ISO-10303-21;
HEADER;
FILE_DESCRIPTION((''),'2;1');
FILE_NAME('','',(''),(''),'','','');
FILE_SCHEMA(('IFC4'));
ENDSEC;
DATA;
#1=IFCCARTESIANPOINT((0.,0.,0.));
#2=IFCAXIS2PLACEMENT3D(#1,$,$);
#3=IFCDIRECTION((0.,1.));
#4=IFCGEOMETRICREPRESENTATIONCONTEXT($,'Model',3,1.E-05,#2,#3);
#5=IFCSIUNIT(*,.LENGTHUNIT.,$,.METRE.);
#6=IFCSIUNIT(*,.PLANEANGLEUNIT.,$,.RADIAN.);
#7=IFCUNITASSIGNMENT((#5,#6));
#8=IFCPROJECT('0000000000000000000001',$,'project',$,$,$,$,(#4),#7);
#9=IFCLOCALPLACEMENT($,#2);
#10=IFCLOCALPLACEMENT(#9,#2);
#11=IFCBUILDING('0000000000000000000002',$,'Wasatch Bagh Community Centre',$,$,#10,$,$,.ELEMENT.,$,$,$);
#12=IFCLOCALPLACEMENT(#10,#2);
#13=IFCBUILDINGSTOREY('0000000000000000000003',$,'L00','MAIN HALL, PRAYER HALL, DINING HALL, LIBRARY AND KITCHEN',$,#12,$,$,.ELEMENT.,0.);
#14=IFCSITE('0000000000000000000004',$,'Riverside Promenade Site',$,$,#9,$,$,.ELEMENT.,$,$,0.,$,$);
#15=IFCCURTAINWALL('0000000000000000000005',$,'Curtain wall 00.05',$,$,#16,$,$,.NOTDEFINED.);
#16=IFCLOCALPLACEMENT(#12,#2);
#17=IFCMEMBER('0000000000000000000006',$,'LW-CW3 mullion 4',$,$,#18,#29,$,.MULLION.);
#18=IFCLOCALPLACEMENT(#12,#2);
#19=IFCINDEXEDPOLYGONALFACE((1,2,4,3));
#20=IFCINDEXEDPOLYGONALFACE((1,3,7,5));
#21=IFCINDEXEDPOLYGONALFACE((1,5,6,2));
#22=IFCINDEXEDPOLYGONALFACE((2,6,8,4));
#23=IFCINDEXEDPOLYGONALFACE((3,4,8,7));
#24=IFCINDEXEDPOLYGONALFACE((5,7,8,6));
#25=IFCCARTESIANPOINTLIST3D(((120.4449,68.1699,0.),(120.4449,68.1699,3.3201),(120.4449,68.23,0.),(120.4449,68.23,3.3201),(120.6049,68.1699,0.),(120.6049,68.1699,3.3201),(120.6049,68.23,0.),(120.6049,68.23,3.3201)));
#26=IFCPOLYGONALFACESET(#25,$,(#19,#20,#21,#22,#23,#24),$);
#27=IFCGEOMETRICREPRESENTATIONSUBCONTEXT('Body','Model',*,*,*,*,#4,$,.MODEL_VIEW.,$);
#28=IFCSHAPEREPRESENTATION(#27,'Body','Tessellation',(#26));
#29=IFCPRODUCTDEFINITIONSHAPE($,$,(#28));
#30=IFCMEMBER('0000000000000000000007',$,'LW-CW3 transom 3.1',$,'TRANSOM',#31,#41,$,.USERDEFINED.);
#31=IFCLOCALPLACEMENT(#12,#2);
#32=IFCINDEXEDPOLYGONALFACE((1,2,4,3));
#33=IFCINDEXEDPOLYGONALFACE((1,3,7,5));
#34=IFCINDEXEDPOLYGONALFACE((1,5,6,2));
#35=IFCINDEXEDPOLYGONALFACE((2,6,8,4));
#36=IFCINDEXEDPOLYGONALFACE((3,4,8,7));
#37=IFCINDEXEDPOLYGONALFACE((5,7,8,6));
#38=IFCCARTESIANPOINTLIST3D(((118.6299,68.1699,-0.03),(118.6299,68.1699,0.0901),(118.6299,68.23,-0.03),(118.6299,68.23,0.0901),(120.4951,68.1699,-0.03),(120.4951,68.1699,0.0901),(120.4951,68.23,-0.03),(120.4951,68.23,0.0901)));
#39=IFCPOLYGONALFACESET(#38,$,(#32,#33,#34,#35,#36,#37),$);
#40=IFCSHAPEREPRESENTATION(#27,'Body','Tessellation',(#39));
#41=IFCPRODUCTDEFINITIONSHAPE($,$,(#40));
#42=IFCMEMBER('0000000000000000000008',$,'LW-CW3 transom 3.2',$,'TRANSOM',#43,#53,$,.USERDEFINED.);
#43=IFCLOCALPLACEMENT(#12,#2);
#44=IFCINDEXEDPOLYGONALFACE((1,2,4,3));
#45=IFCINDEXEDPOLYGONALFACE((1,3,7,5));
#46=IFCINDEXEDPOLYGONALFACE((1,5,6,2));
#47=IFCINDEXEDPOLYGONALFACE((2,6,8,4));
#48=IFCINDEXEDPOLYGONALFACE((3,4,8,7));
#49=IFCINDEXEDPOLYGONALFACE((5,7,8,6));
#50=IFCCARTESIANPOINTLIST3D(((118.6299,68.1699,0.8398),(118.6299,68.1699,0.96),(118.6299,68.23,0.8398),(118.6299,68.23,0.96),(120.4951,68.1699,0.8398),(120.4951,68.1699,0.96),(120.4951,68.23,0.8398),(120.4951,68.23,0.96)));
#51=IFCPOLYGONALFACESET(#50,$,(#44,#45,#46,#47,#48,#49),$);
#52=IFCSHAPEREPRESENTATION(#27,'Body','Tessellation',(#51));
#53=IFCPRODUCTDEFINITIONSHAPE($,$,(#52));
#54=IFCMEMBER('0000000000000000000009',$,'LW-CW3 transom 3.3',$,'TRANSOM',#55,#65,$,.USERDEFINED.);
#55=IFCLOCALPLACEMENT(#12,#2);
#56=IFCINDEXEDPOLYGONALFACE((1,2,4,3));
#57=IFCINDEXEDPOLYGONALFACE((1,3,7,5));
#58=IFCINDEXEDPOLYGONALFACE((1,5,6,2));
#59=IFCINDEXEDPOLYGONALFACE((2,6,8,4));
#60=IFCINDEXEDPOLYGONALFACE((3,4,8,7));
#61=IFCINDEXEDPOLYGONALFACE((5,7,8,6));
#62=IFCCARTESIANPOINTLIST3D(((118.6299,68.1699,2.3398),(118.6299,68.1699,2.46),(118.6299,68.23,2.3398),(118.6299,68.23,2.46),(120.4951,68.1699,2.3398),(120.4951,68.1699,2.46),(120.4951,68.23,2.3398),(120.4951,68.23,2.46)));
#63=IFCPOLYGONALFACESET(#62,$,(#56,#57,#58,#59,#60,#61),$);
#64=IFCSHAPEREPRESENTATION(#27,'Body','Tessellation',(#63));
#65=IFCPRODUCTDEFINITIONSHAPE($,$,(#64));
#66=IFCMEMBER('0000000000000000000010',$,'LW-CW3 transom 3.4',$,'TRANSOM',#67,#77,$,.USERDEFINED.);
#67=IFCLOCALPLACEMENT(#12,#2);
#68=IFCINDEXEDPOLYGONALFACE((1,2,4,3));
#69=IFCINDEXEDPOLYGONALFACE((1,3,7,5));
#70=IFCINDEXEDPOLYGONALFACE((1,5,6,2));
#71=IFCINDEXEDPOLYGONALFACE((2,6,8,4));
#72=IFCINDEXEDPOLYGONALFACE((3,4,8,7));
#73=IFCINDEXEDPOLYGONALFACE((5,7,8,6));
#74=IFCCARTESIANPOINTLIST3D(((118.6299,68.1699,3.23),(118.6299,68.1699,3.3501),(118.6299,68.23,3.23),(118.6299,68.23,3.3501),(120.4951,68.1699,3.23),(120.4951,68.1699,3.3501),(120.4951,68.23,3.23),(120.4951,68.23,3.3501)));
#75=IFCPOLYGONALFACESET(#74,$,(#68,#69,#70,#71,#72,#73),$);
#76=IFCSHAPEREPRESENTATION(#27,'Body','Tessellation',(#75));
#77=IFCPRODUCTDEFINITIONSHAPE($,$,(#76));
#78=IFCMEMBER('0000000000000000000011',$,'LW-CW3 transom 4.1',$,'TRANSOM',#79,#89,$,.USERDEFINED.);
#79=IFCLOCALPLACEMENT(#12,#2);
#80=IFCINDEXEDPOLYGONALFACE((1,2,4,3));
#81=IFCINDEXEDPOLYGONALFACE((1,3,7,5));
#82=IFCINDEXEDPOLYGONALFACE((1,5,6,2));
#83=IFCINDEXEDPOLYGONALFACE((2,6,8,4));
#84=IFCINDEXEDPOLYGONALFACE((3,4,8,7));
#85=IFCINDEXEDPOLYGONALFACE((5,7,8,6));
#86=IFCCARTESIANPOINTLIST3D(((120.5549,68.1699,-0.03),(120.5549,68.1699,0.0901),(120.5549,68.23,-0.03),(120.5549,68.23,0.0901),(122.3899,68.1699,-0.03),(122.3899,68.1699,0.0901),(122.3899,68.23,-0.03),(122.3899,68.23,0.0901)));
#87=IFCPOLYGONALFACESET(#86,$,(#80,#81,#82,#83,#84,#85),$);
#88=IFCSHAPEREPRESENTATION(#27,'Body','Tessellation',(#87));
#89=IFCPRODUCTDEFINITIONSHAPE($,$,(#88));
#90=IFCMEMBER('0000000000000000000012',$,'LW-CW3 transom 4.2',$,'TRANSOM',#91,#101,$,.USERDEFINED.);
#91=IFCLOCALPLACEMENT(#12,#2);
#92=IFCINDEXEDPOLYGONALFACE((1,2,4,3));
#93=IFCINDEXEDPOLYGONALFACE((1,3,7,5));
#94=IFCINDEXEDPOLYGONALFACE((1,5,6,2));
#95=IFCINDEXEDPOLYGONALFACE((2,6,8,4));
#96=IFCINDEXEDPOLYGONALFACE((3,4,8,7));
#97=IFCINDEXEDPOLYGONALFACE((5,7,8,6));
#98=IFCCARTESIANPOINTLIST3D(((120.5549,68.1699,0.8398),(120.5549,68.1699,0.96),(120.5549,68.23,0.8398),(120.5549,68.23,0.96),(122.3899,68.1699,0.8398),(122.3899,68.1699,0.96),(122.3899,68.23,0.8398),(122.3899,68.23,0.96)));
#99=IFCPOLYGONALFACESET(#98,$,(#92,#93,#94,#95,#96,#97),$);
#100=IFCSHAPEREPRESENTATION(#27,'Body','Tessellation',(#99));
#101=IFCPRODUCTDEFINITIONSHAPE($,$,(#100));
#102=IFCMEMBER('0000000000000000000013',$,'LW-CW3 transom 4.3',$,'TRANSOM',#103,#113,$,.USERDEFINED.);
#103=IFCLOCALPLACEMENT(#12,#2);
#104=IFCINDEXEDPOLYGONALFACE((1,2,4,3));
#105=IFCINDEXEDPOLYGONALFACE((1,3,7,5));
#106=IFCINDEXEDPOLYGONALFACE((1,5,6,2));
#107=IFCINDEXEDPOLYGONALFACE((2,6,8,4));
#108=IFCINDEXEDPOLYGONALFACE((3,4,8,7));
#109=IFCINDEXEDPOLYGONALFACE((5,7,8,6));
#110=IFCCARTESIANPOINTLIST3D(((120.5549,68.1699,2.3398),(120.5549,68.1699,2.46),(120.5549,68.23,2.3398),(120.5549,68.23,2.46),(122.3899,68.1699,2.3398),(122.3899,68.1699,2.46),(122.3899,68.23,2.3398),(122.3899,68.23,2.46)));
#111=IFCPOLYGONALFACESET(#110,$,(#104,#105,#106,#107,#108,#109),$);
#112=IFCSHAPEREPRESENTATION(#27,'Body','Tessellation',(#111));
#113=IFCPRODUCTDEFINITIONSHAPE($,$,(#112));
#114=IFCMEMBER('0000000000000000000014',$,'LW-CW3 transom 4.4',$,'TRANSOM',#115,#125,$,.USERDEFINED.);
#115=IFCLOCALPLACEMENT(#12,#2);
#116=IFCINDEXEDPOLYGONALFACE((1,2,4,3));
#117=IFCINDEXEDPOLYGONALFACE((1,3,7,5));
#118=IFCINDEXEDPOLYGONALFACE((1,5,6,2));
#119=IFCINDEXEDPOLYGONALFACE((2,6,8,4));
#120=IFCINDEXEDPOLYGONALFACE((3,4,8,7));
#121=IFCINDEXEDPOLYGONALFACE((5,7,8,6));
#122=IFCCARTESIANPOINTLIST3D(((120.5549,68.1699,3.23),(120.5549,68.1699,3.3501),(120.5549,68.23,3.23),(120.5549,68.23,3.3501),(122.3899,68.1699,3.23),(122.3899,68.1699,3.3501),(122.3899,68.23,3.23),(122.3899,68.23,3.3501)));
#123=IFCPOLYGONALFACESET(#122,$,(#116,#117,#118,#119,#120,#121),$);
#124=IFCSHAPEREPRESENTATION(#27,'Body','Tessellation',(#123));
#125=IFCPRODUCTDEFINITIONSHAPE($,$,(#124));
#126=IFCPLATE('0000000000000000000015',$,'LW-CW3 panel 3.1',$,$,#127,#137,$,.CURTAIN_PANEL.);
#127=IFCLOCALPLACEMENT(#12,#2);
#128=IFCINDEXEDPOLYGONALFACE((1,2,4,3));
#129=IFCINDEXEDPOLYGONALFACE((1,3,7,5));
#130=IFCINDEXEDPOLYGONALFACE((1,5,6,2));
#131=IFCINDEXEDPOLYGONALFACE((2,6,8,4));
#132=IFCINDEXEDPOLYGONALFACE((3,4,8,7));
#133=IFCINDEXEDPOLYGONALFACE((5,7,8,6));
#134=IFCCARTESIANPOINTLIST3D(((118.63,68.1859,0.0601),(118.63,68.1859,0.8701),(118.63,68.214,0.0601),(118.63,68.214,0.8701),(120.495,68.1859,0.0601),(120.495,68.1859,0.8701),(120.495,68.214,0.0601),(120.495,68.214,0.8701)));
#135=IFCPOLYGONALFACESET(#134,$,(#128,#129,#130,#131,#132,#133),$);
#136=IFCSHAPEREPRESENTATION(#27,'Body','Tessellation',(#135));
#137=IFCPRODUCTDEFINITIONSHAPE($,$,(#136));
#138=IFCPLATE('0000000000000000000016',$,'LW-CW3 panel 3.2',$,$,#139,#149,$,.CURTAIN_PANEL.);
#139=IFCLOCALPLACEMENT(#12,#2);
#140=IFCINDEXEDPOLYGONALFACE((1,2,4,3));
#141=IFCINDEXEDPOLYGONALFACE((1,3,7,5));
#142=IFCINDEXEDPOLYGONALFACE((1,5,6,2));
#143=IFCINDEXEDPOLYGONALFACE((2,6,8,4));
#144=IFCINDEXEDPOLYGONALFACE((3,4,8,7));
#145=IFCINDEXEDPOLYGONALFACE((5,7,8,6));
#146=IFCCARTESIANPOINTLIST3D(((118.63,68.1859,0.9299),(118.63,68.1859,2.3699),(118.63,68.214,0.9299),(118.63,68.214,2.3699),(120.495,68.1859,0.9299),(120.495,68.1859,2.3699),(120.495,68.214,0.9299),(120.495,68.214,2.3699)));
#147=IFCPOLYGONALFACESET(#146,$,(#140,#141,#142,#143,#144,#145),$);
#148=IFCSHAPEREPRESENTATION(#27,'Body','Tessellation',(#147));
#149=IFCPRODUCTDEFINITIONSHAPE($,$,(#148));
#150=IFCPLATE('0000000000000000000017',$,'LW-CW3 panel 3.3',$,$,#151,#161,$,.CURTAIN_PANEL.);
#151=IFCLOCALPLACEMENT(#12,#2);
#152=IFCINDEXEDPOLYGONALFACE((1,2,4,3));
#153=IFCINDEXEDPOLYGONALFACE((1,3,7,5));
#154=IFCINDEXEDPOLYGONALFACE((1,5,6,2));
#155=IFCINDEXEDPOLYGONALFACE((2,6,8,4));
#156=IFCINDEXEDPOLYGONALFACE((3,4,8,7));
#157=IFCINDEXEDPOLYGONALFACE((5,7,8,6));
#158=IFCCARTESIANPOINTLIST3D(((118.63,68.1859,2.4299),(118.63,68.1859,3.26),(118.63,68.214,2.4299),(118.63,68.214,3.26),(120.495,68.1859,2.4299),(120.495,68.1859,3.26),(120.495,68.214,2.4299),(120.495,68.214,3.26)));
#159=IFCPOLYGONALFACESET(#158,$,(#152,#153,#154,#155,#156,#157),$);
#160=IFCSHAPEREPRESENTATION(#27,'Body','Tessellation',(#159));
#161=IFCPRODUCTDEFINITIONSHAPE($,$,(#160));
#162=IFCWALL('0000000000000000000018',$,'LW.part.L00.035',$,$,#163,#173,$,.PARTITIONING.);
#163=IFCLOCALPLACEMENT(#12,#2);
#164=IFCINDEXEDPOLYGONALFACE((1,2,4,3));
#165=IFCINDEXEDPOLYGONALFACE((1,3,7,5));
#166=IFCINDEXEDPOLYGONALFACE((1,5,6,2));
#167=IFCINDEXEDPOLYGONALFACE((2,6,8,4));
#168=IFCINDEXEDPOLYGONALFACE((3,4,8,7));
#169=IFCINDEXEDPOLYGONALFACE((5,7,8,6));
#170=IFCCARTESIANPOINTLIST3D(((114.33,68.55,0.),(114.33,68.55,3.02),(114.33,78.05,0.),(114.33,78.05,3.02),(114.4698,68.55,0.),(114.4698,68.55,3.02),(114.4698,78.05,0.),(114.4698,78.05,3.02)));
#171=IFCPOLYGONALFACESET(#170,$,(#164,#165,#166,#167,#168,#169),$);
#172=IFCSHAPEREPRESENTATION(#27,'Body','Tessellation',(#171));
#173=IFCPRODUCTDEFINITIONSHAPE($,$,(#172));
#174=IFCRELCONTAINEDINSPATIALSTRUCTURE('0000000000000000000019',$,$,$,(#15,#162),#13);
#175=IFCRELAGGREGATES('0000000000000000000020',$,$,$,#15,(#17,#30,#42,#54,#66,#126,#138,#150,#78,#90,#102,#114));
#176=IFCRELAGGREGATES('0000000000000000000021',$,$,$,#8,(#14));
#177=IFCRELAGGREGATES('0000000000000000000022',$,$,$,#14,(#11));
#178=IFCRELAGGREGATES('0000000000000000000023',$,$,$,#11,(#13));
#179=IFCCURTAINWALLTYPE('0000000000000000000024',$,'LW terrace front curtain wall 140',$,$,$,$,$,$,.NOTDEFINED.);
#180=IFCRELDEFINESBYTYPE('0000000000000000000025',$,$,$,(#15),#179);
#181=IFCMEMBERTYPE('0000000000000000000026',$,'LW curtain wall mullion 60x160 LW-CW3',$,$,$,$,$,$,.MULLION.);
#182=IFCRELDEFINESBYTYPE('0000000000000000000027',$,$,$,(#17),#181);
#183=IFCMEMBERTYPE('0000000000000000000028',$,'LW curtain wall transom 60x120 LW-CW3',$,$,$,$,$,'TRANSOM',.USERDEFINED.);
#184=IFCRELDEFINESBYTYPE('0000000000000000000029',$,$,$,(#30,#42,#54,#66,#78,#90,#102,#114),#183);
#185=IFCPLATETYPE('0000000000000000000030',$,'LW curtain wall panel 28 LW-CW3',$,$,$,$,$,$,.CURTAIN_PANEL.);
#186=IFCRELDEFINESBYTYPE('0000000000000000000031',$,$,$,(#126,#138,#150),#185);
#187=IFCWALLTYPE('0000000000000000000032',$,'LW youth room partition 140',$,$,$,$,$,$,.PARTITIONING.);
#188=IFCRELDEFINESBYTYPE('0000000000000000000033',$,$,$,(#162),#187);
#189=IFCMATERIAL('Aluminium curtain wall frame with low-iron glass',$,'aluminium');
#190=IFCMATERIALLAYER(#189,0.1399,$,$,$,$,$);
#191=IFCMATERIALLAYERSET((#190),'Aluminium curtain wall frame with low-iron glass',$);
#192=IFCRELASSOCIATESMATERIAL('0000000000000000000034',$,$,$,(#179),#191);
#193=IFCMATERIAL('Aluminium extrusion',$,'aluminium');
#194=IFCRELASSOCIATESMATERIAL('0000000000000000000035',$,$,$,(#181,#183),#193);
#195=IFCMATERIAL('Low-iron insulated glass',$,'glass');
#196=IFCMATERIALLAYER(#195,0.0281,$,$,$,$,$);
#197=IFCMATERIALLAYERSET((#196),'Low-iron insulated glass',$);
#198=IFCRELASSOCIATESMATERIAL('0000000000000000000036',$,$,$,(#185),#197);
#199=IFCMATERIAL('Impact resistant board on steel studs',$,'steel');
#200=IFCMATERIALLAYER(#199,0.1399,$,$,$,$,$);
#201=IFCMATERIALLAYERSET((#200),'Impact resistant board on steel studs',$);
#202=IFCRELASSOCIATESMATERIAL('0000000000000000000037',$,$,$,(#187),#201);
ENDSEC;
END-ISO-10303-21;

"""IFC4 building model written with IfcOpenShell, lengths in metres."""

from ifc_helpers import new_model, si_unit, direction, frame, frame_2d, origin, origin_2d, place, context, subcontext, project, spatial, rectangle, extrude, material, layer, layer_set, material_profile, profile_set, type_object, element, aggregate, save


model = new_model("IFC4")

# Units and contexts
model_context = context("Model", 3, precision=1e-05, world=origin(), true_north=direction((0.0, 1.0)))
body_context = subcontext(model_context, "Body", "Model", "MODEL_VIEW")
ifc_project = project(units=[si_unit("LENGTHUNIT", "METRE"), si_unit("PLANEANGLEUNIT", "RADIAN")], contexts=[model_context])

# Site, building, storey
site_placement = place(None, origin())
site = spatial("IfcSite", under=ifc_project, at=site_placement, Name="Riverside Promenade Site", CompositionType="ELEMENT", RefElevation=0.0)
building_placement = place(site_placement, origin())
building = spatial("IfcBuilding", under=site, at=building_placement, Name="Wasatch Bagh Community Centre", CompositionType="ELEMENT")
storey_placement = place(building_placement, origin())
storey = spatial("IfcBuildingStorey", under=building, at=storey_placement, Name="L00", Description="MAIN HALL, PRAYER HALL, DINING HALL, LIBRARY AND KITCHEN", CompositionType="ELEMENT", Elevation=0.0)

# Curtain wall, members, plates
ifc_material_1 = material(Name="Aluminium curtain wall frame with low-iron glass", Category="aluminium")
ifc_layer_1 = layer(ifc_material_1, 0.1399)
ifc_layer_set_1 = layer_set([ifc_layer_1], Name="Aluminium curtain wall frame with low-iron glass")
curtain_wall_type = type_object("IfcCurtainWallType", Name="LW terrace front curtain wall 140", PredefinedType="NOTDEFINED", material=ifc_layer_set_1)
curtain_wall_placement = place(storey_placement, origin())
curtain_wall = element("IfcCurtainWall", 1, at=curtain_wall_placement, inside=storey, type_object=curtain_wall_type, Name="Curtain wall 00.05", PredefinedType="NOTDEFINED")
ifc_material_2 = material(Name="Aluminium extrusion", Category="aluminium")
ifc_material_profile_1 = material_profile(ifc_material_2, rectangle(XDim=0.0601, YDim=0.1599, at=origin_2d()), Name="AL 60x160")
ifc_profile_set_1 = profile_set([ifc_material_profile_1], Name="Aluminium extrusion")
member_type_1 = type_object("IfcMemberType", Name="LW curtain wall mullion 60x160 LW-CW3", PredefinedType="MULLION", material=ifc_profile_set_1)
member_1_placement = place(storey_placement, frame((120.5249, 68.2, 0.0), z_axis=(0.0, 0.0, 1.0), x_axis=(0.0, 1.0, 0.0)))
member_1 = element("IfcMember", 2, at=member_1_placement, type_object=member_type_1, Name="LW-CW3 mullion 4", PredefinedType="MULLION", context=body_context, shape_type="SweptSolid", body=[
    extrude(rectangle(XDim=0.0601, YDim=0.1599, at=origin_2d()), origin(), (0.0, 0.0, 1.0), 3.3201),
])
ifc_material_profile_2 = material_profile(ifc_material_2, rectangle(XDim=0.0601, YDim=0.1201, at=origin_2d()), Name="AL 60x120")
ifc_profile_set_2 = profile_set([ifc_material_profile_2], Name="Aluminium extrusion")
member_type_2 = type_object("IfcMemberType", Name="LW curtain wall transom 60x120 LW-CW3", ElementType="TRANSOM", PredefinedType="USERDEFINED", material=ifc_profile_set_2)
member_2_placement = place(storey_placement, frame((118.6299, 68.2, 0.03), z_axis=(1.0, 0.0, 0.0), x_axis=(0.0, 1.0, 0.0)))
member_2 = element("IfcMember", 3, at=member_2_placement, type_object=member_type_2, Name="LW-CW3 transom 3.1", ObjectType="TRANSOM", PredefinedType="USERDEFINED", context=body_context, shape_type="SweptSolid", body=[
    extrude(rectangle(XDim=0.0601, YDim=0.1201, at=origin_2d()), origin(), (0.0, 0.0, 1.0), 1.8652),
])
member_3_placement = place(storey_placement, frame((118.6299, 68.2, 0.8999), z_axis=(1.0, 0.0, 0.0), x_axis=(0.0, 1.0, 0.0)))
member_3 = element("IfcMember", 4, at=member_3_placement, type_object=member_type_2, Name="LW-CW3 transom 3.2", ObjectType="TRANSOM", PredefinedType="USERDEFINED", context=body_context, shape_type="SweptSolid", body=[
    extrude(rectangle(XDim=0.0601, YDim=0.1201, at=origin_2d()), origin(), (0.0, 0.0, 1.0), 1.8652),
])
member_4_placement = place(storey_placement, frame((118.6299, 68.2, 2.3999), z_axis=(1.0, 0.0, 0.0), x_axis=(0.0, 1.0, 0.0)))
member_4 = element("IfcMember", 5, at=member_4_placement, type_object=member_type_2, Name="LW-CW3 transom 3.3", ObjectType="TRANSOM", PredefinedType="USERDEFINED", context=body_context, shape_type="SweptSolid", body=[
    extrude(rectangle(XDim=0.0601, YDim=0.1201, at=origin_2d()), origin(), (0.0, 0.0, 1.0), 1.8652),
])
member_5_placement = place(storey_placement, frame((118.6299, 68.2, 3.29), z_axis=(1.0, 0.0, 0.0), x_axis=(0.0, 1.0, 0.0)))
member_5 = element("IfcMember", 6, at=member_5_placement, type_object=member_type_2, Name="LW-CW3 transom 3.4", ObjectType="TRANSOM", PredefinedType="USERDEFINED", context=body_context, shape_type="SweptSolid", body=[
    extrude(rectangle(XDim=0.0601, YDim=0.1201, at=origin_2d()), origin(), (0.0, 0.0, 1.0), 1.8652),
])
member_6_placement = place(storey_placement, frame((120.5549, 68.2, 0.03), z_axis=(1.0, 0.0, 0.0), x_axis=(0.0, 1.0, 0.0)))
member_6 = element("IfcMember", 7, at=member_6_placement, type_object=member_type_2, Name="LW-CW3 transom 4.1", ObjectType="TRANSOM", PredefinedType="USERDEFINED", context=body_context, shape_type="SweptSolid", body=[
    extrude(rectangle(XDim=0.0601, YDim=0.1201, at=origin_2d()), origin(), (0.0, 0.0, 1.0), 1.835),
])
member_7_placement = place(storey_placement, frame((120.5549, 68.2, 0.8999), z_axis=(1.0, 0.0, 0.0), x_axis=(0.0, 1.0, 0.0)))
member_7 = element("IfcMember", 8, at=member_7_placement, type_object=member_type_2, Name="LW-CW3 transom 4.2", ObjectType="TRANSOM", PredefinedType="USERDEFINED", context=body_context, shape_type="SweptSolid", body=[
    extrude(rectangle(XDim=0.0601, YDim=0.1201, at=origin_2d()), origin(), (0.0, 0.0, 1.0), 1.835),
])
member_8_placement = place(storey_placement, frame((120.5549, 68.2, 2.3999), z_axis=(1.0, 0.0, 0.0), x_axis=(0.0, 1.0, 0.0)))
member_8 = element("IfcMember", 9, at=member_8_placement, type_object=member_type_2, Name="LW-CW3 transom 4.3", ObjectType="TRANSOM", PredefinedType="USERDEFINED", context=body_context, shape_type="SweptSolid", body=[
    extrude(rectangle(XDim=0.0601, YDim=0.1201, at=origin_2d()), origin(), (0.0, 0.0, 1.0), 1.835),
])
member_9_placement = place(storey_placement, frame((120.5549, 68.2, 3.29), z_axis=(1.0, 0.0, 0.0), x_axis=(0.0, 1.0, 0.0)))
member_9 = element("IfcMember", 10, at=member_9_placement, type_object=member_type_2, Name="LW-CW3 transom 4.4", ObjectType="TRANSOM", PredefinedType="USERDEFINED", context=body_context, shape_type="SweptSolid", body=[
    extrude(rectangle(XDim=0.0601, YDim=0.1201, at=origin_2d()), origin(), (0.0, 0.0, 1.0), 1.835),
])
ifc_material_3 = material(Name="Low-iron insulated glass", Category="glass")
ifc_layer_2 = layer(ifc_material_3, 0.0281)
ifc_layer_set_2 = layer_set([ifc_layer_2], Name="Low-iron insulated glass")
plate_type = type_object("IfcPlateType", Name="LW curtain wall panel 28 LW-CW3", PredefinedType="CURTAIN_PANEL", material=ifc_layer_set_2)
plate_1_placement = place(storey_placement, frame((119.5625, 68.2, 0.0601), z_axis=(0.0, 0.0, 1.0), x_axis=(1.0, 0.0, 0.0)))
plate_1 = element("IfcPlate", 11, at=plate_1_placement, type_object=plate_type, Name="LW-CW3 panel 3.1", PredefinedType="CURTAIN_PANEL", context=body_context, shape_type="SweptSolid", body=[
    extrude(rectangle(XDim=1.865, YDim=0.0281, at=origin_2d()), origin(), (0.0, 0.0, 1.0), 0.8101),
])
plate_2_placement = place(storey_placement, frame((119.5625, 68.2, 0.9299), z_axis=(0.0, 0.0, 1.0), x_axis=(1.0, 0.0, 0.0)))
plate_2 = element("IfcPlate", 12, at=plate_2_placement, type_object=plate_type, Name="LW-CW3 panel 3.2", PredefinedType="CURTAIN_PANEL", context=body_context, shape_type="SweptSolid", body=[
    extrude(rectangle(XDim=1.865, YDim=0.0281, at=origin_2d()), origin(), (0.0, 0.0, 1.0), 1.4399),
])
plate_3_placement = place(storey_placement, frame((119.5625, 68.2, 2.4299), z_axis=(0.0, 0.0, 1.0), x_axis=(1.0, 0.0, 0.0)))
plate_3 = element("IfcPlate", 13, at=plate_3_placement, type_object=plate_type, Name="LW-CW3 panel 3.3", PredefinedType="CURTAIN_PANEL", context=body_context, shape_type="SweptSolid", body=[
    extrude(rectangle(XDim=1.865, YDim=0.0281, at=origin_2d()), origin(), (0.0, 0.0, 1.0), 0.8301),
])
aggregate(curtain_wall, [member_1, member_2, member_3, member_4, member_5, plate_1, plate_2, plate_3, member_6, member_7, member_8, member_9])

# Wall
ifc_material_4 = material(Name="Impact resistant board on steel studs", Category="steel")
ifc_layer_3 = layer(ifc_material_4, 0.1399)
ifc_layer_set_3 = layer_set([ifc_layer_3], Name="Impact resistant board on steel studs")
wall_type = type_object("IfcWallType", Name="LW youth room partition 140", PredefinedType="PARTITIONING", material=ifc_layer_set_3)
wall_placement = place(storey_placement, frame((114.3999, 68.55, 0.0), z_axis=(0.0, 0.0, 1.0), x_axis=(0.0, 1.0, 0.0)))
element("IfcWall", 14, at=wall_placement, inside=storey, type_object=wall_type, Name="LW.part.L00.035", PredefinedType="PARTITIONING", context=body_context, shape_type="SweptSolid", body=[
    extrude(rectangle(XDim=9.5, YDim=0.1399, at=frame_2d((4.75, 0.0))), origin(), (0.0, 0.0, 1.0), 3.02),
])

save(model, "model.ifc")
